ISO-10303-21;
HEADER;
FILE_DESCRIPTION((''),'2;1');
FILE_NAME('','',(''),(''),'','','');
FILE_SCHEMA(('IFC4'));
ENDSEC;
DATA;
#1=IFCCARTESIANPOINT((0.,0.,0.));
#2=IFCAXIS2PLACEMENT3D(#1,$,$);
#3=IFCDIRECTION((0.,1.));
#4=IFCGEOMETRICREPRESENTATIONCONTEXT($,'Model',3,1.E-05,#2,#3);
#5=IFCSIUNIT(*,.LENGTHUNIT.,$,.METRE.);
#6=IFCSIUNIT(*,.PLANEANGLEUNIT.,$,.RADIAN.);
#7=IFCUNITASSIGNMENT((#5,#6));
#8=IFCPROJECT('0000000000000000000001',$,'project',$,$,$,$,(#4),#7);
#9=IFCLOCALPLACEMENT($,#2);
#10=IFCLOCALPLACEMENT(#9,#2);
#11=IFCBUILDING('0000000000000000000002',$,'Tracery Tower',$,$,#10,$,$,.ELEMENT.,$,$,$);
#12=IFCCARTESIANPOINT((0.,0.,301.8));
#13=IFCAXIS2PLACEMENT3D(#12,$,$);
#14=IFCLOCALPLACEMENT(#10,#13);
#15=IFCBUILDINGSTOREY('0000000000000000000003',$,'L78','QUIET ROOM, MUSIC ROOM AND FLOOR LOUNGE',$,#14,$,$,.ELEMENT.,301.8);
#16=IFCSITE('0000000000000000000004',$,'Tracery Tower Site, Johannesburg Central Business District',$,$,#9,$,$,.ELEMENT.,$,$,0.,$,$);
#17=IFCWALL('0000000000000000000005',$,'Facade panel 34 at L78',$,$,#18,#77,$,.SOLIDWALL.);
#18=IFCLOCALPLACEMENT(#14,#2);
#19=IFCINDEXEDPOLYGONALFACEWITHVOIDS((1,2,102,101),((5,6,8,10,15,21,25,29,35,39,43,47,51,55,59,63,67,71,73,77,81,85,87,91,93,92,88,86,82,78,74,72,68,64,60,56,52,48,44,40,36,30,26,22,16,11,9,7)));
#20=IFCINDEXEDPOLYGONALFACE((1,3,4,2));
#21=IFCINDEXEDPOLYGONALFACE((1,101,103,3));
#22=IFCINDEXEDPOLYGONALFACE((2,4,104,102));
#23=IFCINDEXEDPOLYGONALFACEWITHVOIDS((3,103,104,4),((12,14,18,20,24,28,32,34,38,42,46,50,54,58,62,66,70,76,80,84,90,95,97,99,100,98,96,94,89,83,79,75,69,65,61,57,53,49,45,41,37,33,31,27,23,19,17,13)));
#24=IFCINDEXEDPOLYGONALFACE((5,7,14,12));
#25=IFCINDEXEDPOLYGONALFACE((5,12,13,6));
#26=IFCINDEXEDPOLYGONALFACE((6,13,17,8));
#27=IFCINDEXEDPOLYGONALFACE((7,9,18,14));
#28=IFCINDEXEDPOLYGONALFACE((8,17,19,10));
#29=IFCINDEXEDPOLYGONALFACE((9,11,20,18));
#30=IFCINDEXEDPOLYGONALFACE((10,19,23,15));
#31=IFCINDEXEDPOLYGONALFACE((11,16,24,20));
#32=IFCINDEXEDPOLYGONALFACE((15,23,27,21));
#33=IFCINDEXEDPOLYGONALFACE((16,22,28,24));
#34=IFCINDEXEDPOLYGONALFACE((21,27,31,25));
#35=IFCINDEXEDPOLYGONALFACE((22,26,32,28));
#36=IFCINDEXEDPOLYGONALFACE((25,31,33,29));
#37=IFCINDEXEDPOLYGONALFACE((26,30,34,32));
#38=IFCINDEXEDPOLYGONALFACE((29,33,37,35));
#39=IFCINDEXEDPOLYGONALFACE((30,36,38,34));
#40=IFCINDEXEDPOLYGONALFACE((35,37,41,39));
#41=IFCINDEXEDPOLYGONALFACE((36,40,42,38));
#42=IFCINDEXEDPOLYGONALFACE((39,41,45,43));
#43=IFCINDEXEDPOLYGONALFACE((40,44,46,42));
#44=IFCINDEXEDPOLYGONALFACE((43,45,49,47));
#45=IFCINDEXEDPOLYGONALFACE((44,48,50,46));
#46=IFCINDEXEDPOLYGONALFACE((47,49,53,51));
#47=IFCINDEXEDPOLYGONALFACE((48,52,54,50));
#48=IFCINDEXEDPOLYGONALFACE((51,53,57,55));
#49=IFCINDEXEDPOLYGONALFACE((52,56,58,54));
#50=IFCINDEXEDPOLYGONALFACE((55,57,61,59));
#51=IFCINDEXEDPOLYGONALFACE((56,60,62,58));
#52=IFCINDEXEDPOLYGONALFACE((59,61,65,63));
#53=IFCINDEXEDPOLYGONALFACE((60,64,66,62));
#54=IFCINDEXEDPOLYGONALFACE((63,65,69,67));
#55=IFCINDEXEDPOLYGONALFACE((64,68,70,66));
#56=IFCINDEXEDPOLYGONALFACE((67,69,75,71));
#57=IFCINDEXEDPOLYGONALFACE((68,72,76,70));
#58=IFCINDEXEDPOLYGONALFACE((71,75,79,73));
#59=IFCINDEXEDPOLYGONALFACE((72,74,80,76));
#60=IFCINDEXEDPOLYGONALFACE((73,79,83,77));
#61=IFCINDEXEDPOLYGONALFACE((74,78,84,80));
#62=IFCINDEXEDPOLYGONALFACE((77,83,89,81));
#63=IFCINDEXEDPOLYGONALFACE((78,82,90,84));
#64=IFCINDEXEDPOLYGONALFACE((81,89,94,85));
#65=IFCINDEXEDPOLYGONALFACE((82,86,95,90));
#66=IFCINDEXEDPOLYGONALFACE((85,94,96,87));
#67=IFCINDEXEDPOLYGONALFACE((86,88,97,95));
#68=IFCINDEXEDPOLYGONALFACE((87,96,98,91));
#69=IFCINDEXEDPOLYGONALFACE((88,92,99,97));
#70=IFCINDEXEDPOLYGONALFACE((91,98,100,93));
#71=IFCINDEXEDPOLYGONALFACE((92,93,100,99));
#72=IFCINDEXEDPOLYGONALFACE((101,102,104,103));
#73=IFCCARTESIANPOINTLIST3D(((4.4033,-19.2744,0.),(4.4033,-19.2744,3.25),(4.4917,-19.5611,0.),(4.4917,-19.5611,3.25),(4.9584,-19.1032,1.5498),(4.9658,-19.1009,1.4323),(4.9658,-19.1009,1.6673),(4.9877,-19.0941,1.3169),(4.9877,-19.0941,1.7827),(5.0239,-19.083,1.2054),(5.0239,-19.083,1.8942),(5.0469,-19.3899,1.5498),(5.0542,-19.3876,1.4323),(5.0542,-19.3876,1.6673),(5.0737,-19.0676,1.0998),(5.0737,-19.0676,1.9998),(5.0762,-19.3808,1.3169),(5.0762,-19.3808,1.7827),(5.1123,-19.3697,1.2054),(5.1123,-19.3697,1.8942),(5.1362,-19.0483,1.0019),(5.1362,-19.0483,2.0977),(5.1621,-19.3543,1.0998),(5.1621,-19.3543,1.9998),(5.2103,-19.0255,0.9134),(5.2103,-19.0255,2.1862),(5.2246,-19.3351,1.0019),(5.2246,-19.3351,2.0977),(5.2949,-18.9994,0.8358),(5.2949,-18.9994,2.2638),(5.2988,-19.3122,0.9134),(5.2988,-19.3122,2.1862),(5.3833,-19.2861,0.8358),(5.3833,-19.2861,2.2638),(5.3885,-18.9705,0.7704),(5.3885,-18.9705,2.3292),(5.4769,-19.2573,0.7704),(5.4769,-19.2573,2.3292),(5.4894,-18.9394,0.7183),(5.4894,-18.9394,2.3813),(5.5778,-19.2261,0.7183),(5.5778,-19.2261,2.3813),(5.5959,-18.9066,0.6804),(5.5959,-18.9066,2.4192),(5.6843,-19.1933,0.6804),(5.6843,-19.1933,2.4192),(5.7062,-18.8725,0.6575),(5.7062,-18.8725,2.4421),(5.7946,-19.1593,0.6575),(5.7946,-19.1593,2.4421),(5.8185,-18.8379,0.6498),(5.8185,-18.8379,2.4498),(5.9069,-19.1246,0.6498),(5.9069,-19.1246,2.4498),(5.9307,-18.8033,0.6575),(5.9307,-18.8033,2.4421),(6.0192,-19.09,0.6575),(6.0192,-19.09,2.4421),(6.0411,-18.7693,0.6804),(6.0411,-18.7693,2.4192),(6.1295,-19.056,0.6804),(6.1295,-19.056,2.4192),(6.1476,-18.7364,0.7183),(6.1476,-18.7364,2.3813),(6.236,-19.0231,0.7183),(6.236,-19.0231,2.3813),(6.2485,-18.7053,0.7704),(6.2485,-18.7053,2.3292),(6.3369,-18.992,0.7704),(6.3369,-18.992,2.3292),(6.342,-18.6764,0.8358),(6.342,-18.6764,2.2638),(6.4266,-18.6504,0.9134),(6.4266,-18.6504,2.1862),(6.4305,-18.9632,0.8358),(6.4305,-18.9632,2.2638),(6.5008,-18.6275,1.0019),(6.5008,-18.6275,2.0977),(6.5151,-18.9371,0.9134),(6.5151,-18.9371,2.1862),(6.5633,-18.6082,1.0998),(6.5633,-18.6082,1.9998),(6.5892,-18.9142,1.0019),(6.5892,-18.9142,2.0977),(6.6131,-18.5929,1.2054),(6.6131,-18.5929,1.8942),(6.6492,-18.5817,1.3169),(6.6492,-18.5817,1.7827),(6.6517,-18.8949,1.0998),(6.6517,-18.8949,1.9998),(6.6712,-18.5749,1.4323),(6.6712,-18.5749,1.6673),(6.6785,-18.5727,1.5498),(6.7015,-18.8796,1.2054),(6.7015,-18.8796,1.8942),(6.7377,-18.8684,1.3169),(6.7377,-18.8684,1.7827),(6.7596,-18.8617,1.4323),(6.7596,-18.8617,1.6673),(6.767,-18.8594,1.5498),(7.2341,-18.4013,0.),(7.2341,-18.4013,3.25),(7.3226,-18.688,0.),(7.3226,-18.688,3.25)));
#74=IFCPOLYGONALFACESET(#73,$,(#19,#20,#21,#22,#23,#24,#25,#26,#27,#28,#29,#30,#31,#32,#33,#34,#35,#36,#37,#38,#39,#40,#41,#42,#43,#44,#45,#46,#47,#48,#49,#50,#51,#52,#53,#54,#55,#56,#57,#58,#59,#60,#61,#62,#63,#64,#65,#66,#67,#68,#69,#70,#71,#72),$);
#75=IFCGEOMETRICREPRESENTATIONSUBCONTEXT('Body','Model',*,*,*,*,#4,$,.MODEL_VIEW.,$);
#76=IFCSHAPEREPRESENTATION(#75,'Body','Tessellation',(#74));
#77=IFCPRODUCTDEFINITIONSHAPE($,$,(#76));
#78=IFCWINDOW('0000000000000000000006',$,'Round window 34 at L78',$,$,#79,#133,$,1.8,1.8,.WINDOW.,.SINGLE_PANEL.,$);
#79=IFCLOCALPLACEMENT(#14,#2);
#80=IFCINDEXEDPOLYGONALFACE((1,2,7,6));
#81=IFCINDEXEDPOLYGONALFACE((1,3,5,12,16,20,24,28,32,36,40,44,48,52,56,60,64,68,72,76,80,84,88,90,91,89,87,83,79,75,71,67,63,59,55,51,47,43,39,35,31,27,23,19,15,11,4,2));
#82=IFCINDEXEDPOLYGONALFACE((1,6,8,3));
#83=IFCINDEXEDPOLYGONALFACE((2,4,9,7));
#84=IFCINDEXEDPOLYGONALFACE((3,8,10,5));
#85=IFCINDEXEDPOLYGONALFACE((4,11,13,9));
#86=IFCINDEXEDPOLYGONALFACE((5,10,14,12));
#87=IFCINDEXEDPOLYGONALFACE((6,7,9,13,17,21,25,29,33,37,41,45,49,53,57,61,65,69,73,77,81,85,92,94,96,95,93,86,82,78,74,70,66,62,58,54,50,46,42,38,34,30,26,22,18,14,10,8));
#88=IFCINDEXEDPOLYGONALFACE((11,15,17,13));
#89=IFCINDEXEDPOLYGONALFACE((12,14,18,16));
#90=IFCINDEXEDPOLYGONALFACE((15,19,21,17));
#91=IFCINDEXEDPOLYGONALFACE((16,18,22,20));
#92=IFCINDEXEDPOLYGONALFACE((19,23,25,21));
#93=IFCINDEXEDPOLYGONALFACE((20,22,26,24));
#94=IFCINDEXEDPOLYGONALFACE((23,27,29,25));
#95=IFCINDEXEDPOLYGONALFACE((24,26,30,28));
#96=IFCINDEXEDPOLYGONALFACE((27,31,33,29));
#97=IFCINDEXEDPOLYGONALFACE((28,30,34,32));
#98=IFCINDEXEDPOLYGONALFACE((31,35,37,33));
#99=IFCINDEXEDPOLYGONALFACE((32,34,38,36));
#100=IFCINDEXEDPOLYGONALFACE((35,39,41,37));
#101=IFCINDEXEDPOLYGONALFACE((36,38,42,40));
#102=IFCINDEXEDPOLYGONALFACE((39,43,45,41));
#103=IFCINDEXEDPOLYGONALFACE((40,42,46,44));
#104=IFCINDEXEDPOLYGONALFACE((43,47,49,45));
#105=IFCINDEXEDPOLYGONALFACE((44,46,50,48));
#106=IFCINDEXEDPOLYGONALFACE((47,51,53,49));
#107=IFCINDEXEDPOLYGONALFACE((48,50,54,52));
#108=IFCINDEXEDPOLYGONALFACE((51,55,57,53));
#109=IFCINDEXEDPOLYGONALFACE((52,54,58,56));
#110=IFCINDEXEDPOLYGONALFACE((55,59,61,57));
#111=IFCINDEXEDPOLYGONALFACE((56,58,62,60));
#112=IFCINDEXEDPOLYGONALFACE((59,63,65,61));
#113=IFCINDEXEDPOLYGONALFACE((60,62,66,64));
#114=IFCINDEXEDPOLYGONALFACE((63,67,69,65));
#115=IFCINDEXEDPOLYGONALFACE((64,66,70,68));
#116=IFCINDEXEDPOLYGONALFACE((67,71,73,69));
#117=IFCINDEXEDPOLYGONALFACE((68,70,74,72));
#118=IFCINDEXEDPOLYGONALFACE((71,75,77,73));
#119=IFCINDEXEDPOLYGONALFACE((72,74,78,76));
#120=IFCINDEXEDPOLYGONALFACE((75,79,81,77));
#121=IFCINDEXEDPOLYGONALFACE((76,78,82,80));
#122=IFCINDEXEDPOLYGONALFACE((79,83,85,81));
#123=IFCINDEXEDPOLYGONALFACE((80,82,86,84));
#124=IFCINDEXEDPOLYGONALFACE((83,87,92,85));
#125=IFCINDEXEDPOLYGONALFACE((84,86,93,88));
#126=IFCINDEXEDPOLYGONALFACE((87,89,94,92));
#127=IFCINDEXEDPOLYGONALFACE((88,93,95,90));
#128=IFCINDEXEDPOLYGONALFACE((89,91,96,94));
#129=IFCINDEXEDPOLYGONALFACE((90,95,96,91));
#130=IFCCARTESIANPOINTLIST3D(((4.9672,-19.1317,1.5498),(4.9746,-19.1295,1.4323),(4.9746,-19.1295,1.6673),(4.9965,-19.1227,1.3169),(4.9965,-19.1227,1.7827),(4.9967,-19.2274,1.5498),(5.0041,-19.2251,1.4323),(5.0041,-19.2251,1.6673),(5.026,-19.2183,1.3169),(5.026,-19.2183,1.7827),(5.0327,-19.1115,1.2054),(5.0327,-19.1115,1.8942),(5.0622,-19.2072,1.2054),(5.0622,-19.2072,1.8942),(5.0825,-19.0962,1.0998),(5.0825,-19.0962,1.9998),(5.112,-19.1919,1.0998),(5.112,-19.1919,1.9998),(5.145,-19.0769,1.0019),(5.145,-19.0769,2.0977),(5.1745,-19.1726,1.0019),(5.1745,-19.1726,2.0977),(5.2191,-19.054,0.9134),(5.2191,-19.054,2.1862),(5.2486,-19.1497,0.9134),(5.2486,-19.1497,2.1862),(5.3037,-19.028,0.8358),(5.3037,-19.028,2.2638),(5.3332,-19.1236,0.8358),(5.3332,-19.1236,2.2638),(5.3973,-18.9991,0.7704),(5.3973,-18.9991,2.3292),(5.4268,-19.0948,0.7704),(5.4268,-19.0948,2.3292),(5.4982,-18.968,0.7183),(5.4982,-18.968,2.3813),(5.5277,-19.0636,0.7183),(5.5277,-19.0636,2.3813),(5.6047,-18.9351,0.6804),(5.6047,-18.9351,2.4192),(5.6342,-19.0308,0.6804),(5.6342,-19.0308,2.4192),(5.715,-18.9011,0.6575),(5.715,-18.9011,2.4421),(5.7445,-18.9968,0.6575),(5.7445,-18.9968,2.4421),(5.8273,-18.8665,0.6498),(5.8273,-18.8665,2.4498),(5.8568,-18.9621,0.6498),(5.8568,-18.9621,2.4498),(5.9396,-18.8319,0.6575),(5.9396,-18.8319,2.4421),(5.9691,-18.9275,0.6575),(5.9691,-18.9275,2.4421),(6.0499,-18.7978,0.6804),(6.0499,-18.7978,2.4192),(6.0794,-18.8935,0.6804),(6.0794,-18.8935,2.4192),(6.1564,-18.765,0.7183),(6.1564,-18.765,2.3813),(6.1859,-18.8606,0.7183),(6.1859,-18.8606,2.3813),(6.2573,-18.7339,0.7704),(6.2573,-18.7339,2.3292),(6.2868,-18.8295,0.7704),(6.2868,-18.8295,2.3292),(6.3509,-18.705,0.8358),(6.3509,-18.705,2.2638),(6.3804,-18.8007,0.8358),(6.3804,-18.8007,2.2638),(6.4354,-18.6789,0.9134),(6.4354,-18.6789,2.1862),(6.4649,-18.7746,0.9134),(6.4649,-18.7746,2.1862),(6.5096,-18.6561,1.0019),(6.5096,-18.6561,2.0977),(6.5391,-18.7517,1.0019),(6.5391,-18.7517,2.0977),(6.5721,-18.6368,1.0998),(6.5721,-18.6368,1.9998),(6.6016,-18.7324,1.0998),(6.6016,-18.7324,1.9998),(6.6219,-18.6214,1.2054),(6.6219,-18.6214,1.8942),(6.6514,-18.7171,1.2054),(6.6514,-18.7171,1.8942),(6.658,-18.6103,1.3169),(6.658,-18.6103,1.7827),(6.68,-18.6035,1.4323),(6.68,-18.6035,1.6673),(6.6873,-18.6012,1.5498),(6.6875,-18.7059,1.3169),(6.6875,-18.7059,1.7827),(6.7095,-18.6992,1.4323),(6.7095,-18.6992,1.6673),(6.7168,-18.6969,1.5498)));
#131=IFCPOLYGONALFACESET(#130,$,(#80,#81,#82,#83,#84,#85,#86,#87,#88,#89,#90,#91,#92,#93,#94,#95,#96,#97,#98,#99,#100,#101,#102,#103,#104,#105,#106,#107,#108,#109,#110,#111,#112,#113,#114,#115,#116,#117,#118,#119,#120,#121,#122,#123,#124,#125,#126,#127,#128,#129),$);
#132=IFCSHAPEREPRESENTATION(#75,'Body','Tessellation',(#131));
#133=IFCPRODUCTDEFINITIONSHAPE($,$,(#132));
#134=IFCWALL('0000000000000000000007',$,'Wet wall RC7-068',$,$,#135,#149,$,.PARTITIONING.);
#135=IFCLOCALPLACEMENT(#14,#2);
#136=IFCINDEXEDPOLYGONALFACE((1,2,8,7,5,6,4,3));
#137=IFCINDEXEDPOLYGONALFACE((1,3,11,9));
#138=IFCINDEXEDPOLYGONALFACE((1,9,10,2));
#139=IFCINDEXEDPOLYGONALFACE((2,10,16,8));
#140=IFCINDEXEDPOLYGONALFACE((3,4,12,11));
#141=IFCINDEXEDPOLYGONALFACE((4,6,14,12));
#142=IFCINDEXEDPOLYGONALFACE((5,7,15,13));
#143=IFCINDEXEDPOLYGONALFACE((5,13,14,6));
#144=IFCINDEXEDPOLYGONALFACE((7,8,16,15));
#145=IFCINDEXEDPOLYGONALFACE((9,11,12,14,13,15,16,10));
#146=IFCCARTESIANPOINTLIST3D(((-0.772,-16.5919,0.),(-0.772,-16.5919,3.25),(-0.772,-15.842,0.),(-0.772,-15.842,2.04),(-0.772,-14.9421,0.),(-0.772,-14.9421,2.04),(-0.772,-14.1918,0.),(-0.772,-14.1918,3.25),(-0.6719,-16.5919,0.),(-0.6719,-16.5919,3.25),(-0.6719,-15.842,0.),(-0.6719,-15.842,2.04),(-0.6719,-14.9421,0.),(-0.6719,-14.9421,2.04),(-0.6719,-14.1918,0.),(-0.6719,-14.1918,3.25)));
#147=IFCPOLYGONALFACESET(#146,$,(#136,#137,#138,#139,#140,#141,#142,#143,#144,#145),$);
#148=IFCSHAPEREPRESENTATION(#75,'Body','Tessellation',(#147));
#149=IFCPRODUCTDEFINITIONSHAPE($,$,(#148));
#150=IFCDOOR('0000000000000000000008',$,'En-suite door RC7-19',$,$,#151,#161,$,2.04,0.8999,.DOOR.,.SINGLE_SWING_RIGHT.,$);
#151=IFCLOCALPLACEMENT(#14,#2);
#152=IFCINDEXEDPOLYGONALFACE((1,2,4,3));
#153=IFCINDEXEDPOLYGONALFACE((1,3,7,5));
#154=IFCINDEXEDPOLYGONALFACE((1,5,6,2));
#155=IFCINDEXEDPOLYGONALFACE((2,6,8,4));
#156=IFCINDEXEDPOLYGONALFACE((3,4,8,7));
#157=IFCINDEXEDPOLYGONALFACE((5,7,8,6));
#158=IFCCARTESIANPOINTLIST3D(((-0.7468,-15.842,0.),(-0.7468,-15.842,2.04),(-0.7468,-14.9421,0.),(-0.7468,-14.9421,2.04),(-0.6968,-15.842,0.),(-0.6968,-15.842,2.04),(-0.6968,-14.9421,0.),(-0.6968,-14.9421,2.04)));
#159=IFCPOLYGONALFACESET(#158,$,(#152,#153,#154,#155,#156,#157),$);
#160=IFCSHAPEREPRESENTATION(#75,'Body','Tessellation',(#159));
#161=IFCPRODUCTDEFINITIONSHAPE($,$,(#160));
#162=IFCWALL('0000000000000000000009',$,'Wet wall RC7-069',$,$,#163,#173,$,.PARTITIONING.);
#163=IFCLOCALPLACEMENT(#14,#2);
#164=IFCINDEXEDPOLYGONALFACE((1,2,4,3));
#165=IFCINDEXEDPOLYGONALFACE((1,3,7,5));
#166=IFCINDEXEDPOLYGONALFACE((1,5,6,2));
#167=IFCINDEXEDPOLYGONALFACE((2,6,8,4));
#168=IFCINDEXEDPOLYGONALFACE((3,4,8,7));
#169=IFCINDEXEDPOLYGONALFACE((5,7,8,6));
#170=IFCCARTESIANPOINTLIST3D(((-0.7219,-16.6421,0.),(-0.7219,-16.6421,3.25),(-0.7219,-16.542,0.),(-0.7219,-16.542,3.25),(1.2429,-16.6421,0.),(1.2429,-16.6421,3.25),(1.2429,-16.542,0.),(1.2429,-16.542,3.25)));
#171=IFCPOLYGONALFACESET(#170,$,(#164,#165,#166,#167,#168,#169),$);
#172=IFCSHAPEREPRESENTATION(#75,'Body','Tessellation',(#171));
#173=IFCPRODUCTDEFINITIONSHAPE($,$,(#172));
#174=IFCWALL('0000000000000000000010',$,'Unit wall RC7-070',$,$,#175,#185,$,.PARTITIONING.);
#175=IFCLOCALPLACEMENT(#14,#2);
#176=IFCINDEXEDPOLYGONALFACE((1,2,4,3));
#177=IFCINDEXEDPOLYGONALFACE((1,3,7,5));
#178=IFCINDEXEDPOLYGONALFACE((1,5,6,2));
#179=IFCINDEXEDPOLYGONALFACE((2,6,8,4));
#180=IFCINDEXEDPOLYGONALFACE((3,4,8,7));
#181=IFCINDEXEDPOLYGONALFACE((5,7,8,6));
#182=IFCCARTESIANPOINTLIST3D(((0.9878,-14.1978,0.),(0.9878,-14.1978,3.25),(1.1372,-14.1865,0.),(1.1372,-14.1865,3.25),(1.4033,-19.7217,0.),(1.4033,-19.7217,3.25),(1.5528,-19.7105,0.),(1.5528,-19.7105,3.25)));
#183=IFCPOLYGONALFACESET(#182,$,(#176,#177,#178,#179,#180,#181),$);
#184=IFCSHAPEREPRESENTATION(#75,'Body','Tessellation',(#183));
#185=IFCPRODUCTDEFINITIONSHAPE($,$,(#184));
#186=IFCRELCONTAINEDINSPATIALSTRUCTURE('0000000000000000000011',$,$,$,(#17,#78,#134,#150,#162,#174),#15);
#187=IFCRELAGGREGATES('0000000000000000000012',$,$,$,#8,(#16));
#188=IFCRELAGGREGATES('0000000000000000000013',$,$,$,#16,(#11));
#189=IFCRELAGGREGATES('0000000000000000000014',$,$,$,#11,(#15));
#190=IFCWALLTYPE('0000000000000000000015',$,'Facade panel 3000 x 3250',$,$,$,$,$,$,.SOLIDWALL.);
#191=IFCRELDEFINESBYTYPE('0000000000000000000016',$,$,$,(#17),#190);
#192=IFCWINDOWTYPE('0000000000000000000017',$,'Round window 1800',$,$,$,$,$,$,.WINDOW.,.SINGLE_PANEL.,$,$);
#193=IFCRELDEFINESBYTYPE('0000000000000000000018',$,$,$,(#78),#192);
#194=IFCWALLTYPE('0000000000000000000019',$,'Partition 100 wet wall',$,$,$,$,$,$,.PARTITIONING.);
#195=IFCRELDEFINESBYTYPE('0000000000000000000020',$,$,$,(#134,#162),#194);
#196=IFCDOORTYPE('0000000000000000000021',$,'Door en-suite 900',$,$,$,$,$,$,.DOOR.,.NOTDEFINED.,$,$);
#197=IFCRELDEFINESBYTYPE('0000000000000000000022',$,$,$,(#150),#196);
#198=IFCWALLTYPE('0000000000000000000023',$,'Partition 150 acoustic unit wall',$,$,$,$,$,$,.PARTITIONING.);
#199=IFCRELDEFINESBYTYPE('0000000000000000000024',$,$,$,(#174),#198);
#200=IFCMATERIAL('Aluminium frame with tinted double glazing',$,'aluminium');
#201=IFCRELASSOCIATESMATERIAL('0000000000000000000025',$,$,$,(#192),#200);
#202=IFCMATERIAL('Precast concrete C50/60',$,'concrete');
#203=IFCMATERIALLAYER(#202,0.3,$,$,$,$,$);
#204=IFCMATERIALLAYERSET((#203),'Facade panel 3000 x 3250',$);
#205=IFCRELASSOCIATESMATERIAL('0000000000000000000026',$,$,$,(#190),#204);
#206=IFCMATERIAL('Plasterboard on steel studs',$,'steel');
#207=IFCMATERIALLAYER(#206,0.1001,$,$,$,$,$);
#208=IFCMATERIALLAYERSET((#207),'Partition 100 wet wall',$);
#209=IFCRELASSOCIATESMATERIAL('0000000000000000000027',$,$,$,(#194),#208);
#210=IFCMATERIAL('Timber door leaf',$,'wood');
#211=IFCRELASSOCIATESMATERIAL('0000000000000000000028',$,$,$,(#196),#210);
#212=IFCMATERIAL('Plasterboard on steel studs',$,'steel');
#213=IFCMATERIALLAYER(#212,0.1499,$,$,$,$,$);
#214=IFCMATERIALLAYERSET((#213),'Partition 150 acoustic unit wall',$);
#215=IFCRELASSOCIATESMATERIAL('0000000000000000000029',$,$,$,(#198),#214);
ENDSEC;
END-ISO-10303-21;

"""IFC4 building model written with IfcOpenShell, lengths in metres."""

from ifc_helpers import new_model, si_unit, direction, frame, frame_2d, origin, origin_2d, place, context, subcontext, project, spatial, rectangle, circle, extrude, material, layer, layer_set, type_object, element, fill, save


model = new_model("IFC4")

# Units and contexts
model_context = context("Model", 3, precision=1e-05, world=origin(), true_north=direction((0.0, 1.0)))
body_context = subcontext(model_context, "Body", "Model", "MODEL_VIEW")
ifc_project = project(units=[si_unit("LENGTHUNIT", "METRE"), si_unit("PLANEANGLEUNIT", "RADIAN")], contexts=[model_context])

# Site, building, storey
site_placement = place(None, origin())
site = spatial("IfcSite", under=ifc_project, at=site_placement, Name="Tracery Tower Site, Johannesburg Central Business District", CompositionType="ELEMENT", RefElevation=0.0)
building_placement = place(site_placement, origin())
building = spatial("IfcBuilding", under=site, at=building_placement, Name="Tracery Tower", CompositionType="ELEMENT")
storey_placement = place(building_placement, frame((0.0, 0.0, 301.8)))
storey = spatial("IfcBuildingStorey", under=building, at=storey_placement, Name="L78", Description="QUIET ROOM, MUSIC ROOM AND FLOOR LOUNGE", CompositionType="ELEMENT", Elevation=301.8)

# Wall, opening, window
ifc_material_1 = material(Name="Aluminium frame with tinted double glazing", Category="aluminium")
window_type = type_object("IfcWindowType", Name="Round window 1800", PartitioningType="SINGLE_PANEL", PredefinedType="WINDOW", material=ifc_material_1)
ifc_material_2 = material(Name="Precast concrete C50/60", Category="concrete")
ifc_layer_1 = layer(ifc_material_2, 0.3)
ifc_layer_set_1 = layer_set([ifc_layer_1], Name="Facade panel 3000 x 3250")
wall_type_1 = type_object("IfcWallType", Name="Facade panel 3000 x 3250", PredefinedType="SOLIDWALL", material=ifc_layer_set_1)
wall_1_placement = place(storey_placement, frame((4.4475, -19.4177, 0.0), z_axis=(0.0, 0.0, 1.0), x_axis=(0.955586, 0.294711, 0.0)))
wall_1 = element("IfcWall", 1, at=wall_1_placement, inside=storey, type_object=wall_type_1, Name="Facade panel 34 at L78", PredefinedType="SOLIDWALL", context=body_context, shape_type="SweptSolid", body=[
    extrude(rectangle(XDim=2.9624, YDim=0.3, at=frame_2d((1.4812, 0.0))), origin(), (0.0, 0.0, 1.0), 3.25),
])
opening_1_placement = place(wall_1_placement, frame((1.481, 0.0, 1.5498)))
opening_1 = element("IfcOpeningElement", 2, at=opening_1_placement, cuts=wall_1, PredefinedType="OPENING", context=body_context, shape_type="SweptSolid", body=[
    extrude(circle(Radius=0.9, at=origin_2d()), frame((0.0, 0.1599, 0.0), z_axis=(0.0, -1.0, 0.0), x_axis=(1.0, 0.0, 0.0)), (0.0, 0.0, 1.0), 0.3201),
])
window_1_placement = place(opening_1_placement, origin())
window_1 = element("IfcWindow", 3, at=window_1_placement, inside=storey, type_object=window_type, Name="Round window 34 at L78", OverallHeight=1.8, OverallWidth=1.8, PartitioningType="SINGLE_PANEL", PredefinedType="WINDOW", context=body_context, shape_type="SweptSolid", body=[
    extrude(circle(Radius=0.9, at=origin_2d()), frame((0.0, 0.1201, 0.0), z_axis=(0.0, -1.0, 0.0), x_axis=(1.0, 0.0, 0.0)), (0.0, 0.0, 1.0), 0.1001),
])
fill(opening_1, window_1)

# Wall, opening, door
ifc_material_3 = material(Name="Plasterboard on steel studs", Category="steel")
ifc_layer_2 = layer(ifc_material_3, 0.1001)
ifc_layer_set_2 = layer_set([ifc_layer_2], Name="Partition 100 wet wall")
wall_type_2 = type_object("IfcWallType", Name="Partition 100 wet wall", PredefinedType="PARTITIONING", material=ifc_layer_set_2)
wall_2_placement = place(storey_placement, frame((-0.7219, -16.592, 0.0), z_axis=(0.0, 0.0, 1.0), x_axis=(0.0, 1.0, 0.0)))
wall_2 = element("IfcWall", 4, at=wall_2_placement, inside=storey, type_object=wall_type_2, Name="Wet wall RC7-068", PredefinedType="PARTITIONING", context=body_context, shape_type="SweptSolid", body=[
    extrude(rectangle(XDim=2.4001, YDim=0.1001, at=frame_2d((1.2002, 0.0))), origin(), (0.0, 0.0, 1.0), 3.25),
])
opening_2_placement = place(wall_2_placement, frame((0.75, 0.0, 0.0)))
opening_2 = element("IfcOpeningElement", 5, at=opening_2_placement, cuts=wall_2, PredefinedType="OPENING", context=body_context, shape_type="SweptSolid", body=[
    extrude(rectangle(XDim=0.8999, YDim=2.04, at=frame_2d((0.45, 1.02))), frame((0.0, 0.05, 0.0), z_axis=(0.0, -1.0, 0.0), x_axis=(1.0, 0.0, 0.0)), (0.0, 0.0, 1.0), 0.1001),
])
ifc_material_4 = material(Name="Timber door leaf", Category="wood")
door_type_1 = type_object("IfcDoorType", Name="Door en-suite 900", OperationType="NOTDEFINED", PredefinedType="DOOR", material=ifc_material_4)
door_1_placement = place(opening_2_placement, origin())
door_1 = element("IfcDoor", 6, at=door_1_placement, inside=storey, type_object=door_type_1, Name="En-suite door RC7-19", OperationType="SINGLE_SWING_RIGHT", OverallHeight=2.04, OverallWidth=0.8999, PredefinedType="DOOR", context=body_context, shape_type="SweptSolid", body=[
    extrude(rectangle(XDim=0.8999, YDim=2.04, at=frame_2d((0.45, 1.02))), frame((0.0, 0.0249, 0.0), z_axis=(0.0, -1.0, 0.0), x_axis=(1.0, 0.0, 0.0)), (0.0, 0.0, 1.0), 0.05),
])
fill(opening_2, door_1)

# Walls
wall_3_placement = place(storey_placement, frame((-0.7219, -16.592, 0.0), z_axis=(0.0, 0.0, 1.0), x_axis=(1.0, 0.0, 0.0)))
element("IfcWall", 7, at=wall_3_placement, inside=storey, type_object=wall_type_2, Name="Wet wall RC7-069", PredefinedType="PARTITIONING", context=body_context, shape_type="SweptSolid", body=[
    extrude(rectangle(XDim=1.9648, YDim=0.1001, at=frame_2d((0.9824, 0.0))), origin(), (0.0, 0.0, 1.0), 3.25),
])
ifc_material_5 = material(Name="Plasterboard on steel studs", Category="steel")
ifc_layer_3 = layer(ifc_material_5, 0.1499)
ifc_layer_set_3 = layer_set([ifc_layer_3], Name="Partition 150 acoustic unit wall")
wall_type_3 = type_object("IfcWallType", Name="Partition 150 acoustic unit wall", PredefinedType="PARTITIONING", material=ifc_layer_set_3)
wall_4_placement = place(storey_placement, frame((1.0625, -14.1921, 0.0), z_axis=(0.0, 0.0, 1.0), x_axis=(0.075011, -0.997183, 0.0)))
element("IfcWall", 8, at=wall_4_placement, inside=storey, type_object=wall_type_3, Name="Unit wall RC7-070", PredefinedType="PARTITIONING", context=body_context, shape_type="SweptSolid", body=[
    extrude(rectangle(XDim=5.5396, YDim=0.1499, at=frame_2d((2.7698, 0.0))), origin(), (0.0, 0.0, 1.0), 3.25),
])

save(model, "model.ifc")
